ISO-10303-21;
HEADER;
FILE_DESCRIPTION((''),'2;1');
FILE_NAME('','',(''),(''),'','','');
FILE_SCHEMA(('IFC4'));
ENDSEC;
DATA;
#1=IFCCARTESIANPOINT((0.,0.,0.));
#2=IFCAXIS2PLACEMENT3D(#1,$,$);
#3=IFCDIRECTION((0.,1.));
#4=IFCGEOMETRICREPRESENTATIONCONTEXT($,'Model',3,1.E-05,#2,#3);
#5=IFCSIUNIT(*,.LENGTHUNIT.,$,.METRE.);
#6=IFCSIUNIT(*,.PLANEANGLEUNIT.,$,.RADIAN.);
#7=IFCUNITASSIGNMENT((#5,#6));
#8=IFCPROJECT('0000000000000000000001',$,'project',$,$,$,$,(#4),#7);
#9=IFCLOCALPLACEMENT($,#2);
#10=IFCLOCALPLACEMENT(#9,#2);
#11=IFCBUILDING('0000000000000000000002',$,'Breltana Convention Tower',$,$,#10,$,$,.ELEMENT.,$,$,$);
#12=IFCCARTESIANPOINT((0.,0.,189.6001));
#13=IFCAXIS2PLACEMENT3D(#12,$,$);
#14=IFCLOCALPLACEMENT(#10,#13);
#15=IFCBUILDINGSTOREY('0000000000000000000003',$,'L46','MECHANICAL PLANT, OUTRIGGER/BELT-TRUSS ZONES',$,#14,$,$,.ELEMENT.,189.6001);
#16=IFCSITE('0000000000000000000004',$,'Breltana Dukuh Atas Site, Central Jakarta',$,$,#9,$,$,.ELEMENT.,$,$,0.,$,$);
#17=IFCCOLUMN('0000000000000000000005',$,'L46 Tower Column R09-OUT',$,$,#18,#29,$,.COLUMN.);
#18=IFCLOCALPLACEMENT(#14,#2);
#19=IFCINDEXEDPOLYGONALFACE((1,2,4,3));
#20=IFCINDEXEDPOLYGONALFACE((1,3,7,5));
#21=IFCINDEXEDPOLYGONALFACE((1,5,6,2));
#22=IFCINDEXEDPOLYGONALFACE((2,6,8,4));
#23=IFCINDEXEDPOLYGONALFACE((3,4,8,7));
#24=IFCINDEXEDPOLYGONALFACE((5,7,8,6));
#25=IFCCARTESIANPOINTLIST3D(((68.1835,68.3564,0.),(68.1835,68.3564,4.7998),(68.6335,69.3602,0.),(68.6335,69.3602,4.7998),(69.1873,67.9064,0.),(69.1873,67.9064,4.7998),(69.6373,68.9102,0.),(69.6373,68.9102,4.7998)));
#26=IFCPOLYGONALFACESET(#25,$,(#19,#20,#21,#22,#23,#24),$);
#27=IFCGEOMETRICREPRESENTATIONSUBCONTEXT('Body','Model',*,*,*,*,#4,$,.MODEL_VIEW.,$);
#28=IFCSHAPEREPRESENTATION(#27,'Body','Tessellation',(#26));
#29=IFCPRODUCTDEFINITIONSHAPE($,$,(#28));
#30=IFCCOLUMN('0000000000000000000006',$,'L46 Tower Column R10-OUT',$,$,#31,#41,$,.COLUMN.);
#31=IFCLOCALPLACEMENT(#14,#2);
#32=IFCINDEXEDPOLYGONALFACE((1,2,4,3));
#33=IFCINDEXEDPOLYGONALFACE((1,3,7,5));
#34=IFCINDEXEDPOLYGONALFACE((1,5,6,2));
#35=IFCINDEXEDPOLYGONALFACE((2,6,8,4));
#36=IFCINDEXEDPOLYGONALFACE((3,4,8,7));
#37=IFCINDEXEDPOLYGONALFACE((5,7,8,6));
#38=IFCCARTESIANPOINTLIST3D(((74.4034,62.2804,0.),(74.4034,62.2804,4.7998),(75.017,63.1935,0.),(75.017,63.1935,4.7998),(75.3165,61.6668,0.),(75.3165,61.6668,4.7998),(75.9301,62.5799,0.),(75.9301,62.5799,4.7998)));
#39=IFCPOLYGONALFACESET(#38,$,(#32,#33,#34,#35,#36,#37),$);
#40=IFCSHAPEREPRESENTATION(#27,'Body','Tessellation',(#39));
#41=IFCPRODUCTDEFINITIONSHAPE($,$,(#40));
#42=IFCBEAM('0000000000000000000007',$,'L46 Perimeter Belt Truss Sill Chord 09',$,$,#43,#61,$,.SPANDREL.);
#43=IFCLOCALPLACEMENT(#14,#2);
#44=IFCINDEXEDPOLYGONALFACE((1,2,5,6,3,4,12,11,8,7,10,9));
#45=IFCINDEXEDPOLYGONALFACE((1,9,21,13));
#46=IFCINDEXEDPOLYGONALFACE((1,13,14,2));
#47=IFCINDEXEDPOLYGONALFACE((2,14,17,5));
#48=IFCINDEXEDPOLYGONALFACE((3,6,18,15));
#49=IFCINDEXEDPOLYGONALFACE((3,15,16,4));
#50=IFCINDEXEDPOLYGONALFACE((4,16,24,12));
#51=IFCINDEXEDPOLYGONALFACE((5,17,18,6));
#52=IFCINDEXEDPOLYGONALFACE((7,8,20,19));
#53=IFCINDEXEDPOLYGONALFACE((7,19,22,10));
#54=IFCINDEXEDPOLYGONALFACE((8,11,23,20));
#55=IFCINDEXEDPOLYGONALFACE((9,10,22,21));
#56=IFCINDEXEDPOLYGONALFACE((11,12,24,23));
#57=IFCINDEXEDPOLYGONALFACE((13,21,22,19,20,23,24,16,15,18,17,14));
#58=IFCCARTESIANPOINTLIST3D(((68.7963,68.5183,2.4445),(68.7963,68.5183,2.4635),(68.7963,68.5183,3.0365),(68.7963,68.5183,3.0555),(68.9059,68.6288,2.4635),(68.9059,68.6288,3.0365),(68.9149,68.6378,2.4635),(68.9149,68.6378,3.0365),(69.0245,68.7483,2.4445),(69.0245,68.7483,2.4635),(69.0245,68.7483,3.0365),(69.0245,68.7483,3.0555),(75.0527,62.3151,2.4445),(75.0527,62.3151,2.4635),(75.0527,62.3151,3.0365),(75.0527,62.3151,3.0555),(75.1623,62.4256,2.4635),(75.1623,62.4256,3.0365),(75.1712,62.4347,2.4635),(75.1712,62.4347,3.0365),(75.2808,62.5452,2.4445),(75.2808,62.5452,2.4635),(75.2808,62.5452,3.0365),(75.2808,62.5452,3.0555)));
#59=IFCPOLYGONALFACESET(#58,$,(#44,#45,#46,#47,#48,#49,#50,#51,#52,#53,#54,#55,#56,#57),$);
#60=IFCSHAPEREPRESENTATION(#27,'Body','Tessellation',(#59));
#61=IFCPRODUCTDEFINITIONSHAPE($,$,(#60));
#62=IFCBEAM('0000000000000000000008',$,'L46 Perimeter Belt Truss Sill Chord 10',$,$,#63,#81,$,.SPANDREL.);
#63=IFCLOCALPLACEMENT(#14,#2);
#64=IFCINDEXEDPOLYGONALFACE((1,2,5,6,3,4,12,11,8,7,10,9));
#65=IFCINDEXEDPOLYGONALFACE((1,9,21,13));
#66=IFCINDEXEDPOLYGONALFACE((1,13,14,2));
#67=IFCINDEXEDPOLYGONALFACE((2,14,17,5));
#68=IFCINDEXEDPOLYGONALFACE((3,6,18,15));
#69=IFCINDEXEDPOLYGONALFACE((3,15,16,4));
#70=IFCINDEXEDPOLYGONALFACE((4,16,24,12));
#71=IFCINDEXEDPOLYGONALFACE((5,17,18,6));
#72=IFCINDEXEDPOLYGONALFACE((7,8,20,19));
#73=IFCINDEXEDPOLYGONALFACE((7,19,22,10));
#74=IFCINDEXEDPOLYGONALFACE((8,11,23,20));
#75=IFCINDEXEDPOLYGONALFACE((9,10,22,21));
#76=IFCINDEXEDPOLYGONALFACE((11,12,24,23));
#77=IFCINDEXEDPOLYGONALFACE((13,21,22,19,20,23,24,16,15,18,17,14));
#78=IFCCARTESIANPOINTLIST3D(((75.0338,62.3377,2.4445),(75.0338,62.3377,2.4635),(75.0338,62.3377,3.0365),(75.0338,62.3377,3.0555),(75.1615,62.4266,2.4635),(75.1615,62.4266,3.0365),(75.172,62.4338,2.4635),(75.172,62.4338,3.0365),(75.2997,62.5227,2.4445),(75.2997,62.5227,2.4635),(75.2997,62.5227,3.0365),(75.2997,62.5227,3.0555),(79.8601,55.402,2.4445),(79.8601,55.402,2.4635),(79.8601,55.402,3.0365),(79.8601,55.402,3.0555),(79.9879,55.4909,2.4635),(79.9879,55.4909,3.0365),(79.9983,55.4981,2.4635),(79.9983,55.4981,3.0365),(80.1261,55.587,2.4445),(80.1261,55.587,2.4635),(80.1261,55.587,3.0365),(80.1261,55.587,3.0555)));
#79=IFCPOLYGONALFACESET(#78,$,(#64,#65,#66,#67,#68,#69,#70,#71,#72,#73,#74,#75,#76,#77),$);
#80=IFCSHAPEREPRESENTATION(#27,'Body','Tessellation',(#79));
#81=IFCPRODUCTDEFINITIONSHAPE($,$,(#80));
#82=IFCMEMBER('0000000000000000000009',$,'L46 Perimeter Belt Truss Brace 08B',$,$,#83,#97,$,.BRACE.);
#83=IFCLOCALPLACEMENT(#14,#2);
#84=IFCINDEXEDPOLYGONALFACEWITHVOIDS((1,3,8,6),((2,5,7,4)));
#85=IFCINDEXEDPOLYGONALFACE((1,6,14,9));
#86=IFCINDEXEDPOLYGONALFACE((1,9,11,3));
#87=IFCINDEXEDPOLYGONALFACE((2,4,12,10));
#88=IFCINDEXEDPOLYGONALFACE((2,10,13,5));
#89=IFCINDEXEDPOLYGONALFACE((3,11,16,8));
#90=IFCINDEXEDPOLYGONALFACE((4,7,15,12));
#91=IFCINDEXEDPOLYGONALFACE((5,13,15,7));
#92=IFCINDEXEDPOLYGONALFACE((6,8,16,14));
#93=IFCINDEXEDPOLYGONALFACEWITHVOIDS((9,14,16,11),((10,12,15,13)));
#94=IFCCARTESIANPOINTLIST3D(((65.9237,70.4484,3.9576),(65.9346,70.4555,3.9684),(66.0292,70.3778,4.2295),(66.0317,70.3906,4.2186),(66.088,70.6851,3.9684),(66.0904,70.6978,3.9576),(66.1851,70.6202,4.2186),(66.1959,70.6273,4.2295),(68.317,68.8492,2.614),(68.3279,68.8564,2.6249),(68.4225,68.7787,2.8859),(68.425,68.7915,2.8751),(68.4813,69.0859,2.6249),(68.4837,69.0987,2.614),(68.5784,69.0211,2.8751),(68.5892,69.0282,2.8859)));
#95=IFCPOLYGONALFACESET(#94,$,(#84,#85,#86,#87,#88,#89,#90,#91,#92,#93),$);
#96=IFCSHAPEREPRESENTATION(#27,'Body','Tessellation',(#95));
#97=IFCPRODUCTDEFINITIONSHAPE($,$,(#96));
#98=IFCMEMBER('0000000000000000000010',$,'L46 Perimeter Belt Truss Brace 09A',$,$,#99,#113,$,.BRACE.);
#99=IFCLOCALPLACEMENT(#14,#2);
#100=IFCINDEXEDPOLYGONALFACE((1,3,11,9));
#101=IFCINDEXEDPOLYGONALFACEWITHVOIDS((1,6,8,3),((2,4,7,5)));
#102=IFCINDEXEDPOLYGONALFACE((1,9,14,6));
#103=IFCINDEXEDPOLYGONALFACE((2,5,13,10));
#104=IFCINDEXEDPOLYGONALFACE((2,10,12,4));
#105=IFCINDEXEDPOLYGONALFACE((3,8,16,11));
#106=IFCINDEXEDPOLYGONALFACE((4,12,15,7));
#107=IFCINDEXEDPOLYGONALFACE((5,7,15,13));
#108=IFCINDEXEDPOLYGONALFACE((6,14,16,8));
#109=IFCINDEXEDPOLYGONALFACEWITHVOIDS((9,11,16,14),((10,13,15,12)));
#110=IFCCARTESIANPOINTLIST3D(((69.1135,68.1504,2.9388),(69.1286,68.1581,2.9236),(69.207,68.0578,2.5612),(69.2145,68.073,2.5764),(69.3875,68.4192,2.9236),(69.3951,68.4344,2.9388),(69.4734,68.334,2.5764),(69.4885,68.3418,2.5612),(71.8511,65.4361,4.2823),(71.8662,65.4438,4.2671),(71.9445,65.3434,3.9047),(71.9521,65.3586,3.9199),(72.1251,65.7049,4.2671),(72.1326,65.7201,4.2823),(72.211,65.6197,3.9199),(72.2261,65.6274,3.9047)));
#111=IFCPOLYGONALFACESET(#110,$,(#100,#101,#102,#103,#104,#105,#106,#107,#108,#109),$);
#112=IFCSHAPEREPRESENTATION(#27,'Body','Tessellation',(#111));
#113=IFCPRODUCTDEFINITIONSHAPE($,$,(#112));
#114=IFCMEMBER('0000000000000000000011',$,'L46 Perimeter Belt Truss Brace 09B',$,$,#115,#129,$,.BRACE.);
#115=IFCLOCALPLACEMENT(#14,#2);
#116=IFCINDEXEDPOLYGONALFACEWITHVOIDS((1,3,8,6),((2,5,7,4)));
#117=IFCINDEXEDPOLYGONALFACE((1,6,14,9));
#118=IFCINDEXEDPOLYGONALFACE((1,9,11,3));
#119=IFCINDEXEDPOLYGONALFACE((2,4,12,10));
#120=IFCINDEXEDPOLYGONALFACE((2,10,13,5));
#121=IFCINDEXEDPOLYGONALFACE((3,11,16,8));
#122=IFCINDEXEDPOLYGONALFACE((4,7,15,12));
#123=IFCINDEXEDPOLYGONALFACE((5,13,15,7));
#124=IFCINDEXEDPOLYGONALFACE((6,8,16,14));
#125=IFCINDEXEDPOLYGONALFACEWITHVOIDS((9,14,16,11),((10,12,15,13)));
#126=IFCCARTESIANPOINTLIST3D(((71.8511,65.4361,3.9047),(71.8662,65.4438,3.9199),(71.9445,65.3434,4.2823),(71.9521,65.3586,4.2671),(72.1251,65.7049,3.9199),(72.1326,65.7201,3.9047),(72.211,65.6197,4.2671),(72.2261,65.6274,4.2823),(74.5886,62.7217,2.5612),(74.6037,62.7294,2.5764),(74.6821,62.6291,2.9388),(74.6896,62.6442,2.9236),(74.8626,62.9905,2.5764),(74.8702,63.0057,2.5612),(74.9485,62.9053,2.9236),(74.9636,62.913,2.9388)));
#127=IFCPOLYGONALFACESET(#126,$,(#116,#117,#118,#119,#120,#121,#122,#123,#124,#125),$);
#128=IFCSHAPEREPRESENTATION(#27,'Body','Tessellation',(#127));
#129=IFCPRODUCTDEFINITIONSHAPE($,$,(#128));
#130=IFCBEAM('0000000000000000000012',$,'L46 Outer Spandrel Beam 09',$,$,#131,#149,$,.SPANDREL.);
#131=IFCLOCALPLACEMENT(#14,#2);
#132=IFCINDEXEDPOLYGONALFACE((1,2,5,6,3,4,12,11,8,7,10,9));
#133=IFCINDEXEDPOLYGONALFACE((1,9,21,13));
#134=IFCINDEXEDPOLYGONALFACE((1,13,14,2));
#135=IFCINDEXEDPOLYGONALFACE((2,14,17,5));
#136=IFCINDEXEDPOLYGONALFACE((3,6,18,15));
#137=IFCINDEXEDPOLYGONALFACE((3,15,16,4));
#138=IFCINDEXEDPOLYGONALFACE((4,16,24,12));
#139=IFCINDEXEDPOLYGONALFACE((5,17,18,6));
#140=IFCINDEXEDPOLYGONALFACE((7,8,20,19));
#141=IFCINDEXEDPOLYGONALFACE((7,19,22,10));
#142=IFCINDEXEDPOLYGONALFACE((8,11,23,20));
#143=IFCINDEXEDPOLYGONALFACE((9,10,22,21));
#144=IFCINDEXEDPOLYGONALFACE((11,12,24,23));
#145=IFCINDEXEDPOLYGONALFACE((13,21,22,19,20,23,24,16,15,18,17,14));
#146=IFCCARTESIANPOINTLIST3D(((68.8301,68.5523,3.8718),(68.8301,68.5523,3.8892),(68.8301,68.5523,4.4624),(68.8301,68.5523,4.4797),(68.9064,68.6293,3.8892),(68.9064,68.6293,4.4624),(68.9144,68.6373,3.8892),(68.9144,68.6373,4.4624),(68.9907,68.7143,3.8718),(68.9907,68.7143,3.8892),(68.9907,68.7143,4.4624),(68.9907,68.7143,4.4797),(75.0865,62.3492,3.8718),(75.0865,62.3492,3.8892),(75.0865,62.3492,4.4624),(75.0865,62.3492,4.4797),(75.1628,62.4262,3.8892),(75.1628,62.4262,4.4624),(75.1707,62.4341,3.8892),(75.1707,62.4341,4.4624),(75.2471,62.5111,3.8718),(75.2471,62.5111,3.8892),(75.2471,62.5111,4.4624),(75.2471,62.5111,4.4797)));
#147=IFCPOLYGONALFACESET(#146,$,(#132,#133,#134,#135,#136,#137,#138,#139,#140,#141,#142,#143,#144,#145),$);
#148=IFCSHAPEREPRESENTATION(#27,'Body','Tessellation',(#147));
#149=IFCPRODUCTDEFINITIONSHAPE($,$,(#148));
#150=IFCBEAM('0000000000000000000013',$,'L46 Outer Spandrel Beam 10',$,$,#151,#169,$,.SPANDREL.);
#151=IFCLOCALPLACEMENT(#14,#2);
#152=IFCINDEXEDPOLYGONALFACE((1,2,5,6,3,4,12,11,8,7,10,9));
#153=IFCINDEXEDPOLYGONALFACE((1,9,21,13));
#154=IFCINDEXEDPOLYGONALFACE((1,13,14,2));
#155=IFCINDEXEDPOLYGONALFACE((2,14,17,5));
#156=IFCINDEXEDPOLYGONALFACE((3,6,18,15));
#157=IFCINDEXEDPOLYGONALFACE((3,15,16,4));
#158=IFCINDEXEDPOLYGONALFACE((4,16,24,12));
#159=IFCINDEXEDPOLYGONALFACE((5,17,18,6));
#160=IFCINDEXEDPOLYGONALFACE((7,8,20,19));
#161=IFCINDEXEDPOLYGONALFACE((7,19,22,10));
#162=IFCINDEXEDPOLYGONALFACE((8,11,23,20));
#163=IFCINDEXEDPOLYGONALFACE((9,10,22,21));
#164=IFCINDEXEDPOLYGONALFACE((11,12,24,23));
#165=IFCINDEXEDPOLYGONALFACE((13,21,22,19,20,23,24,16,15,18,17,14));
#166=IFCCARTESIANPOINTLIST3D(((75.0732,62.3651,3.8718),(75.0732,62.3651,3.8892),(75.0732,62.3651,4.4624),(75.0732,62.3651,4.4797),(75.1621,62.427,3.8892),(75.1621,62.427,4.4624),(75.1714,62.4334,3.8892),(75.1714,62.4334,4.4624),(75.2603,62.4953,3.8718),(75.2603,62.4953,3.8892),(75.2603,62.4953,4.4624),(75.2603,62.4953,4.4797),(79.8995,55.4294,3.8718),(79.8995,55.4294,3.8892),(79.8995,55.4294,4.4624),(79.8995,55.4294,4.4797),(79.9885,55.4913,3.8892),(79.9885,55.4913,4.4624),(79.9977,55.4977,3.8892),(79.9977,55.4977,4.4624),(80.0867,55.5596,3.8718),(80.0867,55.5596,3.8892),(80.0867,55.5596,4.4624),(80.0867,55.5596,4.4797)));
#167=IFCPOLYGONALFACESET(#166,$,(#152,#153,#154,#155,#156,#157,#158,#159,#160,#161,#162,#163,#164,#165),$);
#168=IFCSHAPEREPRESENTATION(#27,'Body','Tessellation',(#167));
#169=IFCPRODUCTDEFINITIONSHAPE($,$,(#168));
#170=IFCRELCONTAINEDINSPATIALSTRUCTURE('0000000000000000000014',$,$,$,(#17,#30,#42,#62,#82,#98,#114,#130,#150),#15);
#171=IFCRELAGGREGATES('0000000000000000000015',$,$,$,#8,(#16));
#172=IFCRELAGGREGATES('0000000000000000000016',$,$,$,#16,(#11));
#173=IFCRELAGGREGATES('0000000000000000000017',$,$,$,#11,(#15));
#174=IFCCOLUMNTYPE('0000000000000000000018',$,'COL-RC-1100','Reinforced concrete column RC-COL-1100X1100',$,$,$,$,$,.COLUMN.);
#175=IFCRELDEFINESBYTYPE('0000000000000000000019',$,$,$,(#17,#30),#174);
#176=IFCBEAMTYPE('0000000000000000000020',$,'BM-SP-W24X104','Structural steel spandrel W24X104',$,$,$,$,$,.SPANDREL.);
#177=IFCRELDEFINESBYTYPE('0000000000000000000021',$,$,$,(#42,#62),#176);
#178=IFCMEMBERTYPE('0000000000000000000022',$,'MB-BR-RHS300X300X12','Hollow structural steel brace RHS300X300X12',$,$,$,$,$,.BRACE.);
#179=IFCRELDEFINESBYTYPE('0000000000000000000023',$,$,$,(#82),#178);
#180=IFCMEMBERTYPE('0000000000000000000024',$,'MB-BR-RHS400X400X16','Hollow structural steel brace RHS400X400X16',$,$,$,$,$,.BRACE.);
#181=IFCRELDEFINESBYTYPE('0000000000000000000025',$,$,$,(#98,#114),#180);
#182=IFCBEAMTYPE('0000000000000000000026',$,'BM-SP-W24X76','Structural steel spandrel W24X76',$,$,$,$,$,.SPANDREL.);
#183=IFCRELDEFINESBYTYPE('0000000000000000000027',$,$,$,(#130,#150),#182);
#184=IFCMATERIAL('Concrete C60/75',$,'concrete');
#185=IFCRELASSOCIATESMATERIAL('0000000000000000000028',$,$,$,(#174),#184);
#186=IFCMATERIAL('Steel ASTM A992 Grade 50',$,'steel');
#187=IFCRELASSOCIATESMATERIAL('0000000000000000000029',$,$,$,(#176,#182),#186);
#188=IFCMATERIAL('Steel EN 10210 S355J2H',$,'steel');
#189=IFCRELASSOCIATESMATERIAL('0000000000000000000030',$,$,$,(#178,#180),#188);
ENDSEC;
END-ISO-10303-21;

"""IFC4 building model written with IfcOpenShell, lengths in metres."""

from ifc_helpers import new_model, si_unit, direction, frame, origin, origin_2d, place, context, subcontext, project, spatial, rectangle, hollow_rectangle, i_section, extrude, source, transform, mapped, material, material_profile, profile_set, type_object, element, save


model = new_model("IFC4")

# Units and contexts
model_context = context("Model", 3, precision=1e-05, world=origin(), true_north=direction((0.0, 1.0)))
body_context = subcontext(model_context, "Body", "Model", "MODEL_VIEW")
ifc_project = project(units=[si_unit("LENGTHUNIT", "METRE"), si_unit("PLANEANGLEUNIT", "RADIAN")], contexts=[model_context])

# Site, building, storey
site_placement = place(None, origin())
site = spatial("IfcSite", under=ifc_project, at=site_placement, Name="Breltana Dukuh Atas Site, Central Jakarta", CompositionType="ELEMENT", RefElevation=0.0)
building_placement = place(site_placement, origin())
building = spatial("IfcBuilding", under=site, at=building_placement, Name="Breltana Convention Tower", CompositionType="ELEMENT")
storey_placement = place(building_placement, frame((0.0, 0.0, 189.6001)))
storey = spatial("IfcBuildingStorey", under=building, at=storey_placement, Name="L46", Description="MECHANICAL PLANT, OUTRIGGER/BELT-TRUSS ZONES", CompositionType="ELEMENT", Elevation=189.6001)

# Columns
ifc_material_1 = material(Name="Concrete C60/75", Category="concrete")
ifc_material_profile_1 = material_profile(ifc_material_1, rectangle(XDim=1.1001, YDim=1.1001, at=origin_2d()), Name="RC-COL-1100X1100")
ifc_profile_set_1 = profile_set([ifc_material_profile_1], Name="Concrete C60/75")
column_type = type_object("IfcColumnType", Name="COL-RC-1100", Description="Reinforced concrete column RC-COL-1100X1100", PredefinedType="COLUMN", material=ifc_profile_set_1)
shared_shape_1 = source(origin(), body_context, "Body", "SweptSolid", [
    extrude(rectangle(XDim=1.1001, YDim=1.1001, at=origin_2d()), origin(), (0.0, 0.0, 1.0), 4.7998),
])
for number, where, z_axis, x_axis, name in (
    (1, (68.9104, 68.6333, 0.0), (0.0, 0.0, 1.0), (0.409127, 0.912477, 0.0), "L46 Tower Column R09-OUT"),
    (2, (75.1667, 62.4302, 0.0), (0.0, 0.0, 1.0), (0.557745, 0.830012, 0.0), "L46 Tower Column R10-OUT"),
):
    element("IfcColumn", number, at=place(storey_placement, frame(where, z_axis=z_axis, x_axis=x_axis)), inside=storey, type_object=column_type, Name=name, PredefinedType="COLUMN", context=body_context, shape_type="MappedRepresentation", body=[
        mapped(shared_shape_1, transform((0.0, 0.0, 0.0), scale=1.0)),
    ])

# Beams
ifc_material_2 = material(Name="Steel ASTM A992 Grade 50", Category="steel")
ifc_material_profile_2 = material_profile(ifc_material_2, i_section(OverallWidth=0.324, OverallDepth=0.6111, WebThickness=0.0127, FlangeThickness=0.019, at=origin_2d()), Name="W24X104")
ifc_profile_set_2 = profile_set([ifc_material_profile_2], Name="Steel ASTM A992 Grade 50")
beam_type_1 = type_object("IfcBeamType", Name="BM-SP-W24X104", Description="Structural steel spandrel W24X104", PredefinedType="SPANDREL", material=ifc_profile_set_2)
shared_shape_2 = source(origin(), body_context, "Body", "SweptSolid", [
    extrude(i_section(OverallWidth=0.324, OverallDepth=0.6111, WebThickness=0.0127, FlangeThickness=0.019, at=origin_2d()), origin(), (0.0, 0.0, 1.0), 8.8103),
])
beam_1_placement = place(storey_placement, frame((68.9104, 68.6333, 2.75), z_axis=(0.710121, -0.70408, 0.0), x_axis=(0.70408, 0.710121, 0.0)))
element("IfcBeam", 3, at=beam_1_placement, inside=storey, type_object=beam_type_1, Name="L46 Perimeter Belt Truss Sill Chord 09", PredefinedType="SPANDREL", context=body_context, shape_type="MappedRepresentation", body=[
    mapped(shared_shape_2, transform((0.0, 0.0, 0.0), scale=1.0)),
])
shared_shape_3 = source(origin(), body_context, "Body", "SweptSolid", [
    extrude(i_section(OverallWidth=0.324, OverallDepth=0.6111, WebThickness=0.0127, FlangeThickness=0.019, at=origin_2d()), origin(), (0.0, 0.0, 1.0), 8.4497),
])
beam_2_placement = place(storey_placement, frame((75.1667, 62.4302, 2.75), z_axis=(0.571186, -0.820821, 0.0), x_axis=(0.820821, 0.571186, 0.0)))
element("IfcBeam", 4, at=beam_2_placement, inside=storey, type_object=beam_type_1, Name="L46 Perimeter Belt Truss Sill Chord 10", PredefinedType="SPANDREL", context=body_context, shape_type="MappedRepresentation", body=[
    mapped(shared_shape_3, transform((0.0, 0.0, 0.0), scale=1.0)),
])

# Members
ifc_material_3 = material(Name="Steel EN 10210 S355J2H", Category="steel")
ifc_material_profile_3 = material_profile(ifc_material_3, hollow_rectangle(XDim=0.3, YDim=0.3, WallThickness=0.012, at=origin_2d()), Name="RHS300X300X12")
ifc_profile_set_3 = profile_set([ifc_material_profile_3], Name="Steel EN 10210 S355J2H")
member_type_1 = type_object("IfcMemberType", Name="MB-BR-RHS300X300X12", Description="Hollow structural steel brace RHS300X300X12", PredefinedType="BRACE", material=ifc_profile_set_3)
shared_shape_4 = source(origin(), body_context, "Body", "SweptSolid", [
    extrude(hollow_rectangle(XDim=0.3, YDim=0.3, WallThickness=0.012, at=origin_2d()), origin(), (0.0, 0.0, 1.0), 3.1765),
])
member_placement = place(storey_placement, frame((66.0598, 70.5378, 4.0935), z_axis=(0.753443, -0.503423, -0.422952), x_axis=(0.555561, 0.831476, 0.0)))
element("IfcMember", 5, at=member_placement, inside=storey, type_object=member_type_1, Name="L46 Perimeter Belt Truss Brace 08B", PredefinedType="BRACE", context=body_context, shape_type="MappedRepresentation", body=[
    mapped(shared_shape_4, transform((0.0, 0.0, 0.0), scale=1.0)),
])
ifc_material_profile_4 = material_profile(ifc_material_3, hollow_rectangle(XDim=0.3999, YDim=0.3999, WallThickness=0.0161, at=origin_2d()), Name="RHS400X400X16")
ifc_profile_set_4 = profile_set([ifc_material_profile_4], Name="Steel EN 10210 S355J2H")
member_type_2 = type_object("IfcMemberType", Name="MB-BR-RHS400X400X16", Description="Hollow structural steel brace RHS400X400X16", PredefinedType="BRACE", material=ifc_profile_set_4)
shared_shape_5 = source(origin(), body_context, "Body", "SweptSolid", [
    extrude(hollow_rectangle(XDim=0.3999, YDim=0.3999, WallThickness=0.0161, at=origin_2d()), origin(), (0.0, 0.0, 1.0), 4.0825),
])
for number, where, z_axis, x_axis, name in (
    (6, (69.301, 68.2461, 2.75), (0.670555, -0.664874, 0.329088), (0.704092, 0.710109, 0.0), "L46 Perimeter Belt Truss Brace 09A"),
    (7, (72.0386, 65.5317, 4.0935), (0.670555, -0.664874, -0.329088), (0.704092, 0.710109, 0.0), "L46 Perimeter Belt Truss Brace 09B"),
):
    element("IfcMember", number, at=place(storey_placement, frame(where, z_axis=z_axis, x_axis=x_axis)), inside=storey, type_object=member_type_2, Name=name, PredefinedType="BRACE", context=body_context, shape_type="MappedRepresentation", body=[
        mapped(shared_shape_5, transform((0.0, 0.0, 0.0), scale=1.0)),
    ])

# Beams
ifc_material_profile_5 = material_profile(ifc_material_2, i_section(OverallWidth=0.228, OverallDepth=0.6079, WebThickness=0.0112, FlangeThickness=0.0173, at=origin_2d()), Name="W24X76")
ifc_profile_set_5 = profile_set([ifc_material_profile_5], Name="Steel ASTM A992 Grade 50")
beam_type_2 = type_object("IfcBeamType", Name="BM-SP-W24X76", Description="Structural steel spandrel W24X76", PredefinedType="SPANDREL", material=ifc_profile_set_5)
shared_shape_6 = source(origin(), body_context, "Body", "SweptSolid", [
    extrude(i_section(OverallWidth=0.228, OverallDepth=0.6079, WebThickness=0.0112, FlangeThickness=0.0173, at=origin_2d()), origin(), (0.0, 0.0, 1.0), 8.8103),
])
beam_3_placement = place(storey_placement, frame((68.9104, 68.6333, 4.1758), z_axis=(0.710121, -0.70408, 0.0), x_axis=(0.70408, 0.710121, 0.0)))
element("IfcBeam", 8, at=beam_3_placement, inside=storey, type_object=beam_type_2, Name="L46 Outer Spandrel Beam 09", PredefinedType="SPANDREL", context=body_context, shape_type="MappedRepresentation", body=[
    mapped(shared_shape_6, transform((0.0, 0.0, 0.0), scale=1.0)),
])
shared_shape_7 = source(origin(), body_context, "Body", "SweptSolid", [
    extrude(i_section(OverallWidth=0.228, OverallDepth=0.6079, WebThickness=0.0112, FlangeThickness=0.0173, at=origin_2d()), origin(), (0.0, 0.0, 1.0), 8.4497),
])
beam_4_placement = place(storey_placement, frame((75.1667, 62.4302, 4.1758), z_axis=(0.571186, -0.820821, 0.0), x_axis=(0.820821, 0.571186, 0.0)))
element("IfcBeam", 9, at=beam_4_placement, inside=storey, type_object=beam_type_2, Name="L46 Outer Spandrel Beam 10", PredefinedType="SPANDREL", context=body_context, shape_type="MappedRepresentation", body=[
    mapped(shared_shape_7, transform((0.0, 0.0, 0.0), scale=1.0)),
])

save(model, "model.ifc")
